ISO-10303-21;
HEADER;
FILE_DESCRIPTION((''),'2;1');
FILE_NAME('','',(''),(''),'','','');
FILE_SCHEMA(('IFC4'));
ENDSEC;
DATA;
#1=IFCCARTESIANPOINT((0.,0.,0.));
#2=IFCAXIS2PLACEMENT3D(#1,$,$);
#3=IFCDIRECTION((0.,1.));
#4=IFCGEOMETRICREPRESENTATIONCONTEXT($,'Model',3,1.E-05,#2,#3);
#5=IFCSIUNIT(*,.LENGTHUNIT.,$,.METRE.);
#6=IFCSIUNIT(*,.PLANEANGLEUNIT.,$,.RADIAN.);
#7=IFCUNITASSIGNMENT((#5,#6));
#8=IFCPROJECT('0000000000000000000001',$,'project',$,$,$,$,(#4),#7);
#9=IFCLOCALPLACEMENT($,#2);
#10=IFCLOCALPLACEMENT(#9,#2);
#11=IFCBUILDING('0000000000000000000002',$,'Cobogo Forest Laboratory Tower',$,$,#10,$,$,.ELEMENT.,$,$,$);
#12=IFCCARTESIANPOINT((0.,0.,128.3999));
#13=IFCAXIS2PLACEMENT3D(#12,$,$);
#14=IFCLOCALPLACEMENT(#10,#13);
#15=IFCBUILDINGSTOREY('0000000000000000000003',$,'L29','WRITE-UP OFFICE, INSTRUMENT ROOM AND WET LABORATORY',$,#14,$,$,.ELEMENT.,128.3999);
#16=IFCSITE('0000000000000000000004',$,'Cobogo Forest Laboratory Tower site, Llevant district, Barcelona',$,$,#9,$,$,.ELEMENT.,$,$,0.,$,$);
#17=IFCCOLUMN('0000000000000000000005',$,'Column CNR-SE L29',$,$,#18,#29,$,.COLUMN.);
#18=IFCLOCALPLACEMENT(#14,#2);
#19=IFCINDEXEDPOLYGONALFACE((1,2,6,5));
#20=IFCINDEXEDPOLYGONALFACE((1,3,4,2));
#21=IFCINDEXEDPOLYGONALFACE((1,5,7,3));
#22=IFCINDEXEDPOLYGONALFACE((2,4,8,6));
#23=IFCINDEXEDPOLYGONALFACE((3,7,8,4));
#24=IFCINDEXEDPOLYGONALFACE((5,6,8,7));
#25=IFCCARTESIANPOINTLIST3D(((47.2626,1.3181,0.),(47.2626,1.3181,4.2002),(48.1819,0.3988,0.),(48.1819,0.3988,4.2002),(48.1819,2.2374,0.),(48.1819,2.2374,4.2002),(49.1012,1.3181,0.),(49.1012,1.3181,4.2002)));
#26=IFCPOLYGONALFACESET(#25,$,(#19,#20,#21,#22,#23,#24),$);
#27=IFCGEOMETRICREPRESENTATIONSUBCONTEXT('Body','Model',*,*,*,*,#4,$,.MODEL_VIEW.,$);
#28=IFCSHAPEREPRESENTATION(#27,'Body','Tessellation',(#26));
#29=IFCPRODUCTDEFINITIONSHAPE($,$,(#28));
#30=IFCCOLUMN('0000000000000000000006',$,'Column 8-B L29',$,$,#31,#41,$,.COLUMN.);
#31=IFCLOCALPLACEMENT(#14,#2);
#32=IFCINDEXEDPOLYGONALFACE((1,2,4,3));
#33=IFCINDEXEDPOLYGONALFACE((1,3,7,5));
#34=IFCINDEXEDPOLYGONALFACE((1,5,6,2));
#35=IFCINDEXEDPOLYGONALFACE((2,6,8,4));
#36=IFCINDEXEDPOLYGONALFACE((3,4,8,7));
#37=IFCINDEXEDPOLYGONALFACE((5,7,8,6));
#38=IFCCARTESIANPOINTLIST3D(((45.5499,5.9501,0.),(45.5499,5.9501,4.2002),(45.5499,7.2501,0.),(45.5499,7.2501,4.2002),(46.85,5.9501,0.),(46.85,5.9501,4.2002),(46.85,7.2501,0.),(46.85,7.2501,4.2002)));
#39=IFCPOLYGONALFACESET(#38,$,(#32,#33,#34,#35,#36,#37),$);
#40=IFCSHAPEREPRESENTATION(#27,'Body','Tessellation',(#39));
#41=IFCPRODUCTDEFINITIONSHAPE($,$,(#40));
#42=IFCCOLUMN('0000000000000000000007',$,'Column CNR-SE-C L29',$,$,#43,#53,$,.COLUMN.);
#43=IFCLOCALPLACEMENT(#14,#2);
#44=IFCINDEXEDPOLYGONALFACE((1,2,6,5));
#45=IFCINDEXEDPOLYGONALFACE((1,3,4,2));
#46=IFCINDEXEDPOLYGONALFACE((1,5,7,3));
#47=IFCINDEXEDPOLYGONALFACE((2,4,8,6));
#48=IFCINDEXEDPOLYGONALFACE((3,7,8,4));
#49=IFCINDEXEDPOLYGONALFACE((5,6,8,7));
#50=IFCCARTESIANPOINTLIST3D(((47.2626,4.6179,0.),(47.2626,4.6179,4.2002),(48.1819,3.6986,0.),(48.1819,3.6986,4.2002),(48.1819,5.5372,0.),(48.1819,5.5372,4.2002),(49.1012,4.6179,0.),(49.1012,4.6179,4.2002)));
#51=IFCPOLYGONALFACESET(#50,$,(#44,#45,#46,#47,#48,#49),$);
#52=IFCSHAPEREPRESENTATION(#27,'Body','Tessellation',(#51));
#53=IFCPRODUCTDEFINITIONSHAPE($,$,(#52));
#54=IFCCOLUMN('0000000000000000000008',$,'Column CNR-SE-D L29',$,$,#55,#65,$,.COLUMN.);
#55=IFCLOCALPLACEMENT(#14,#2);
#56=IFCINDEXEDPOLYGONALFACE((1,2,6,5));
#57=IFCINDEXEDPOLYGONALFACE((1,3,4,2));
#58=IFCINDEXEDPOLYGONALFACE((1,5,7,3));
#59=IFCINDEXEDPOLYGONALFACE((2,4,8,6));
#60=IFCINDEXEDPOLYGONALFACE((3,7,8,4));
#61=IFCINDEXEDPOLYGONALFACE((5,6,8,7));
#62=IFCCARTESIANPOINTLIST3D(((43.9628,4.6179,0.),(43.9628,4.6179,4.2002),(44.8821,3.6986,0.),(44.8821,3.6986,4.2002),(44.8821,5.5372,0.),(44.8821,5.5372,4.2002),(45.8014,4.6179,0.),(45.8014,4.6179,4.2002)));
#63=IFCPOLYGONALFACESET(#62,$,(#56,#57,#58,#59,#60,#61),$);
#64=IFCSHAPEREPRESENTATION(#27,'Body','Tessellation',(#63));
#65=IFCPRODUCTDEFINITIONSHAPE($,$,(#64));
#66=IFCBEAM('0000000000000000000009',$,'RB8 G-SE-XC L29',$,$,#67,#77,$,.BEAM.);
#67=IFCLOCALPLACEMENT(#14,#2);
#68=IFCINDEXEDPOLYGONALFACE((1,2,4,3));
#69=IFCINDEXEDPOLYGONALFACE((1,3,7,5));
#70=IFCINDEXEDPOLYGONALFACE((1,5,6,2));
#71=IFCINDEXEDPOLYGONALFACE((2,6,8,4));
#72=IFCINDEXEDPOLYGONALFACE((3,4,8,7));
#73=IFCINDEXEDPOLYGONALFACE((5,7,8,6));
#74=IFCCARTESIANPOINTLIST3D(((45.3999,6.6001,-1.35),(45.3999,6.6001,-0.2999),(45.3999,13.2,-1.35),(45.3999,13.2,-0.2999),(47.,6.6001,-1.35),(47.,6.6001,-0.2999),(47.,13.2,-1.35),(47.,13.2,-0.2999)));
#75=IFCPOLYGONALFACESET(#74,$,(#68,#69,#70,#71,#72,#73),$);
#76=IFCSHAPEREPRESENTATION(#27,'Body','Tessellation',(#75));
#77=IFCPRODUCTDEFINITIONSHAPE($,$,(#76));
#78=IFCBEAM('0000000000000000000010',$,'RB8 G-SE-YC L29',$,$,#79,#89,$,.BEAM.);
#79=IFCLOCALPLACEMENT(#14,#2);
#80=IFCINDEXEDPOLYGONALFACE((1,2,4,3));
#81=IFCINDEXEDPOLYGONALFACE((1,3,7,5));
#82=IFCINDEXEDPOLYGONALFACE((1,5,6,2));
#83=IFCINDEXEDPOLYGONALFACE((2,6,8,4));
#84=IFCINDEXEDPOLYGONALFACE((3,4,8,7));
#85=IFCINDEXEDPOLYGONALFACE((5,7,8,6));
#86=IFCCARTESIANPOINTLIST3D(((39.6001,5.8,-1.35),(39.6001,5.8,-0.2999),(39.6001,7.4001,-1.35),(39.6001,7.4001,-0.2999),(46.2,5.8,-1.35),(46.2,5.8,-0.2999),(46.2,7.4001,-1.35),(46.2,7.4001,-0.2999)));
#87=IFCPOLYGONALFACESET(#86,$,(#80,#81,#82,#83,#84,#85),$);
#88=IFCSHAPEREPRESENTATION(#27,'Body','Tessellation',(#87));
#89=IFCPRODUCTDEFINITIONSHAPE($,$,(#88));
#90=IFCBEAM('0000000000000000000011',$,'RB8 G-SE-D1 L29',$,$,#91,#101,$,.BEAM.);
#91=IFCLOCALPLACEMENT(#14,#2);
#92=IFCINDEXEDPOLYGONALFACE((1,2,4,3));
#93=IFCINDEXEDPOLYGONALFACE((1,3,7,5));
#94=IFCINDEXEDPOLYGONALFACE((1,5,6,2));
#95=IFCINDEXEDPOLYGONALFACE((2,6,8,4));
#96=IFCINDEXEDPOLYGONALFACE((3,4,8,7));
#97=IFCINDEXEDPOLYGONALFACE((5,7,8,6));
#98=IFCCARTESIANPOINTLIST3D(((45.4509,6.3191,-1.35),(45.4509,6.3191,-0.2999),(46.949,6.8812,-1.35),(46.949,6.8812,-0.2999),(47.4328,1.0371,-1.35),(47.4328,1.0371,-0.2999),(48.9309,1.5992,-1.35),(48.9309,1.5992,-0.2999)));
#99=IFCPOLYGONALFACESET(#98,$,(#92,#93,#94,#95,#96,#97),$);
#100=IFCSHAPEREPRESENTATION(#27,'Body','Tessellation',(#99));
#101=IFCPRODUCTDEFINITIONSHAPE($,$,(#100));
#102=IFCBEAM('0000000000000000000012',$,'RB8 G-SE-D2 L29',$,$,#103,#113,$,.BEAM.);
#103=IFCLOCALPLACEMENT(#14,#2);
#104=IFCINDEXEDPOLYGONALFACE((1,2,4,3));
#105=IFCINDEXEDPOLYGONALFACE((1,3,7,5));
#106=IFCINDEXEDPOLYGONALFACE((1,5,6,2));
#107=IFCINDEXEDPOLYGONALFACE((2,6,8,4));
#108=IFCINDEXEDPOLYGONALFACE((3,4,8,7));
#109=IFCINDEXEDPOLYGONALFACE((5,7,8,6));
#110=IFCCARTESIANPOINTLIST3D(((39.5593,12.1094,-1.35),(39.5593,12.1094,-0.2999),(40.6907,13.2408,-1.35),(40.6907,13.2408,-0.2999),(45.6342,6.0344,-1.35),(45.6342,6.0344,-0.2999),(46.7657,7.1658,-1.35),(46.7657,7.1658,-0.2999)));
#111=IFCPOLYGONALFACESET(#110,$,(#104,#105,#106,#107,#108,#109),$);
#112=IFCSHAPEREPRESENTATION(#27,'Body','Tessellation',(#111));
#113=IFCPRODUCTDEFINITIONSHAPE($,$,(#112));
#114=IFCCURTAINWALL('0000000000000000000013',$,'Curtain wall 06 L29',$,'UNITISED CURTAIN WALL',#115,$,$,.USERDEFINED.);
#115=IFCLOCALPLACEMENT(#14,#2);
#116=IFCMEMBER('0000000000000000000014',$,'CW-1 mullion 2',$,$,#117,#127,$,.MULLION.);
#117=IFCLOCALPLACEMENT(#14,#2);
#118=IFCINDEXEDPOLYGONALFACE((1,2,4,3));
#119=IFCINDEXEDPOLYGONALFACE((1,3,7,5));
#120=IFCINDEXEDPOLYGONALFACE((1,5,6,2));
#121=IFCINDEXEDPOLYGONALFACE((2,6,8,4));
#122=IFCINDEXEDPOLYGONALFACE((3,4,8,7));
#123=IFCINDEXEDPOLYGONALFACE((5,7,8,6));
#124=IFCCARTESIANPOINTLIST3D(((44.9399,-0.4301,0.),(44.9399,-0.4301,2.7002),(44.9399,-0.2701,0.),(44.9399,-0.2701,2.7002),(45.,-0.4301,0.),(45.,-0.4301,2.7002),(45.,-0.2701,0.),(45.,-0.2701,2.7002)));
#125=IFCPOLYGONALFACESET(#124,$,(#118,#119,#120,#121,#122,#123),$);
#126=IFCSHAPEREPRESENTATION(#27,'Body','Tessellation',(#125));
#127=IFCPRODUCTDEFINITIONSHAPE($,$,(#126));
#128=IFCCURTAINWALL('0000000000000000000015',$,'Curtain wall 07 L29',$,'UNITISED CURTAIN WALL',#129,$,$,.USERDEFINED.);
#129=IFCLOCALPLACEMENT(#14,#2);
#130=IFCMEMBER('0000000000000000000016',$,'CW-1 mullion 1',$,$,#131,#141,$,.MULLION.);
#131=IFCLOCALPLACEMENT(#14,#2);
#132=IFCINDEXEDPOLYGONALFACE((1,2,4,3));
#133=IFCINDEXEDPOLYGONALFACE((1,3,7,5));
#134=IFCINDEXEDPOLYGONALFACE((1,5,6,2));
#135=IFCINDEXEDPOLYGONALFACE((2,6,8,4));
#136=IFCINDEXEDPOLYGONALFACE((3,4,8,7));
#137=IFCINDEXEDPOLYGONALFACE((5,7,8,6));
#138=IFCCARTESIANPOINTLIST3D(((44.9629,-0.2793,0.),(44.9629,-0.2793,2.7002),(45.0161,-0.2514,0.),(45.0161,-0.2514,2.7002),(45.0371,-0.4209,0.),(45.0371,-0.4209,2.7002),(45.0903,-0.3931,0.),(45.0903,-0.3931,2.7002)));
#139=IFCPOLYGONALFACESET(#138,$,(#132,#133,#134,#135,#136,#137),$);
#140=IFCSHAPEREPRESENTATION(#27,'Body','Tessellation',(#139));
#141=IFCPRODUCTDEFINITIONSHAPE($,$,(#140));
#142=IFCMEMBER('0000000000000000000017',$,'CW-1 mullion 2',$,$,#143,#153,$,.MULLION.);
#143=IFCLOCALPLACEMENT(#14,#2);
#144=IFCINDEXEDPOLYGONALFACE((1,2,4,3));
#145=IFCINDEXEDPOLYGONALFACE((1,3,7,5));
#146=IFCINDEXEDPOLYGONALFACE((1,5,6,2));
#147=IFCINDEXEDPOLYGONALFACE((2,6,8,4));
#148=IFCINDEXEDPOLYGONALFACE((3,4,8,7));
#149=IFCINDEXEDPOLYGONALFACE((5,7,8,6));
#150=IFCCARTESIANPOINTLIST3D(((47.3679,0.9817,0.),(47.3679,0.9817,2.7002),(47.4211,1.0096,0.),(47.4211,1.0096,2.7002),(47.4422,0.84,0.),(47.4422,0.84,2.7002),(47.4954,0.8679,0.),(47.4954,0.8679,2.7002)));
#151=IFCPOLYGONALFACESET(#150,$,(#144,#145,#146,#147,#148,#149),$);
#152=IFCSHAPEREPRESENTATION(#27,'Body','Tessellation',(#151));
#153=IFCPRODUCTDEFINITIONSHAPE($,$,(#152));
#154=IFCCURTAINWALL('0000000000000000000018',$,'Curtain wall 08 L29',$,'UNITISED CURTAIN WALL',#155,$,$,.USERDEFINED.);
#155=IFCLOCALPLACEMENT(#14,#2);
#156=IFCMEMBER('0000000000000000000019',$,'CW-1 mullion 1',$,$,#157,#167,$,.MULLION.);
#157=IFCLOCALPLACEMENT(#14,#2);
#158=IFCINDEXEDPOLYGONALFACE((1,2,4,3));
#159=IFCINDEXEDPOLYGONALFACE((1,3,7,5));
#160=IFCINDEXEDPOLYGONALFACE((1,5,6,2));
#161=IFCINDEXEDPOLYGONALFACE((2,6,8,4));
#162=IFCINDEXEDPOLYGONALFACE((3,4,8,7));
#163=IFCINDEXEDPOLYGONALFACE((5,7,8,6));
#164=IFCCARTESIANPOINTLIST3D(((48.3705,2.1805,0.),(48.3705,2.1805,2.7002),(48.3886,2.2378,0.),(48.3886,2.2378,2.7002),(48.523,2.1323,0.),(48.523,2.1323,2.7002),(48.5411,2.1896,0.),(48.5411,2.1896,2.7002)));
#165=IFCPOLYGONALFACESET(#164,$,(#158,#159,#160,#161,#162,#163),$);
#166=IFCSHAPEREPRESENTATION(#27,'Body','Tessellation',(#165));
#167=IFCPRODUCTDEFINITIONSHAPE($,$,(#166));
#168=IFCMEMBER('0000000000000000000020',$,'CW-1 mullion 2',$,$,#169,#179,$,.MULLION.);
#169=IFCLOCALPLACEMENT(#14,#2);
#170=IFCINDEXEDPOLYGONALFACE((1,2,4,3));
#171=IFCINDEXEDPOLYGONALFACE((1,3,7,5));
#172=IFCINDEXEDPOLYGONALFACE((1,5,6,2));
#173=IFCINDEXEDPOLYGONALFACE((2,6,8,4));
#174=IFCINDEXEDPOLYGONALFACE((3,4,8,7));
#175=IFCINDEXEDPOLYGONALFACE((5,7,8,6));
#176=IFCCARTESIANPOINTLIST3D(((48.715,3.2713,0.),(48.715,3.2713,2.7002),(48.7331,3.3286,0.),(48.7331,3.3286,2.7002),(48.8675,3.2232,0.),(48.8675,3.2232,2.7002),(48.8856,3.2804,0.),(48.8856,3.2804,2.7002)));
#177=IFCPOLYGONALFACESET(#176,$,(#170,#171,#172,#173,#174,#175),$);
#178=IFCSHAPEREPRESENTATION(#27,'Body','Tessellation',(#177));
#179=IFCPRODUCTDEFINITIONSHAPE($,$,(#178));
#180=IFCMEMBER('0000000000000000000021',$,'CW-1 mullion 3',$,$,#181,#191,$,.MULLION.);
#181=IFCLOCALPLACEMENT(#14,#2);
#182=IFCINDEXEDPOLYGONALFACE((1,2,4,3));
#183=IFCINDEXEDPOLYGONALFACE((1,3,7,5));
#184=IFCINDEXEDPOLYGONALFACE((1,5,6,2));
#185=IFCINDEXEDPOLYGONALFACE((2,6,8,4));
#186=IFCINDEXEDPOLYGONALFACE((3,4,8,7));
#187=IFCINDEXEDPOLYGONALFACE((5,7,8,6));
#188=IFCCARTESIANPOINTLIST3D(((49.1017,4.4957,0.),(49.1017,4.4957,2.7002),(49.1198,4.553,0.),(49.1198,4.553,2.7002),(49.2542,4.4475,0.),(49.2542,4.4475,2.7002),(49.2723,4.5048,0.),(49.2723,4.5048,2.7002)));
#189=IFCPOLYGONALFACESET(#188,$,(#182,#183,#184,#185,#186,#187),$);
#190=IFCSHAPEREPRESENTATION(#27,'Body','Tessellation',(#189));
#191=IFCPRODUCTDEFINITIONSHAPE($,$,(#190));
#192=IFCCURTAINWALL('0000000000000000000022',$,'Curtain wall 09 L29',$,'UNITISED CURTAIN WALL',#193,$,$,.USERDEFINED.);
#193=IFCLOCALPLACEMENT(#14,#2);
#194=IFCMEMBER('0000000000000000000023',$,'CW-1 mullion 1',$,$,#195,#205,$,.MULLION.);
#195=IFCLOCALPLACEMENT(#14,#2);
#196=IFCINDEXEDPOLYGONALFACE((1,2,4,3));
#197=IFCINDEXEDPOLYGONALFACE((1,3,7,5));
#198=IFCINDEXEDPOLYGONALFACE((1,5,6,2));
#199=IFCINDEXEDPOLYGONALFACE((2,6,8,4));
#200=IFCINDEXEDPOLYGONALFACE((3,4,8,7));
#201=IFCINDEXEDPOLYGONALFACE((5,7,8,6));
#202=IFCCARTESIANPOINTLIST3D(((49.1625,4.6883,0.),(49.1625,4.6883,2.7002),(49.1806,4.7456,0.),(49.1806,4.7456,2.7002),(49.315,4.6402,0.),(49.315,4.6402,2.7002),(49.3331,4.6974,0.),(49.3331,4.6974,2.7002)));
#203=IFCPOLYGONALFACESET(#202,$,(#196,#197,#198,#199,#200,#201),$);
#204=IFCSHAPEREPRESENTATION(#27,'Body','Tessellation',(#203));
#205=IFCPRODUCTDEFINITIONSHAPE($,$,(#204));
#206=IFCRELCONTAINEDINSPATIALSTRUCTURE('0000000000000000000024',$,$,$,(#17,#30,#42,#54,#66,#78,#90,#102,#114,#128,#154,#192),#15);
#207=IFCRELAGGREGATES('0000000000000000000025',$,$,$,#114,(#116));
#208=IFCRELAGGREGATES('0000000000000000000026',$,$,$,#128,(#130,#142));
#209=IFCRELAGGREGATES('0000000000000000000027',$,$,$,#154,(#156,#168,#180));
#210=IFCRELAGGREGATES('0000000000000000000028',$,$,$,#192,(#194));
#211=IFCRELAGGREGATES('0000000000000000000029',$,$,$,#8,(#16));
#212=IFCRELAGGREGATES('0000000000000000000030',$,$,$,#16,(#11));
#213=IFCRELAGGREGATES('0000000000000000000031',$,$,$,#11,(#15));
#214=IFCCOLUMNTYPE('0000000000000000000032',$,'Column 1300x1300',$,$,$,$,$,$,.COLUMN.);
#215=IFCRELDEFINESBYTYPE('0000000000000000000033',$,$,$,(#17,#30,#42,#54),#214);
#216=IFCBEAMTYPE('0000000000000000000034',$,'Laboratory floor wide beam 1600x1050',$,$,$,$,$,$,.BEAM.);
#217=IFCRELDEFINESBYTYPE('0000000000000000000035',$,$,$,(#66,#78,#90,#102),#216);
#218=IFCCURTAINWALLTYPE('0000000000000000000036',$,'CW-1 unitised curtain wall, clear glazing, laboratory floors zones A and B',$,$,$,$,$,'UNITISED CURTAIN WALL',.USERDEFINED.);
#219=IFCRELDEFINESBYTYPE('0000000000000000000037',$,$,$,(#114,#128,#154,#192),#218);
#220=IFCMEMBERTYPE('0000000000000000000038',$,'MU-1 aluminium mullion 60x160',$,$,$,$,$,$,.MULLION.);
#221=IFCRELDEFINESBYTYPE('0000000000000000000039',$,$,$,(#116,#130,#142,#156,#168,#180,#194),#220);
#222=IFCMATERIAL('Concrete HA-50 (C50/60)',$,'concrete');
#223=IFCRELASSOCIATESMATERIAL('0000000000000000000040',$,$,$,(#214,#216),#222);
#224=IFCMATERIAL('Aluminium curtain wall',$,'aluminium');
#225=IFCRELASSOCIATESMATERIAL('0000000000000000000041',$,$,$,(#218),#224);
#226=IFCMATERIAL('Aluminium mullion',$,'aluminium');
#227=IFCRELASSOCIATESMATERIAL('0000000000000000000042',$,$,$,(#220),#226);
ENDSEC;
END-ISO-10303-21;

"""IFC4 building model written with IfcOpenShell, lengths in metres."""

from ifc_helpers import new_model, si_unit, direction, frame, origin, origin_2d, place, context, subcontext, project, spatial, rectangle, extrude, material, material_profile, profile_set, type_object, element, aggregate, save


model = new_model("IFC4")

# Units and contexts
model_context = context("Model", 3, precision=1e-05, world=origin(), true_north=direction((0.0, 1.0)))
body_context = subcontext(model_context, "Body", "Model", "MODEL_VIEW")
ifc_project = project(units=[si_unit("LENGTHUNIT", "METRE"), si_unit("PLANEANGLEUNIT", "RADIAN")], contexts=[model_context])

# Site, building, storey
site_placement = place(None, origin())
site = spatial("IfcSite", under=ifc_project, at=site_placement, Name="Cobogo Forest Laboratory Tower site, Llevant district, Barcelona", CompositionType="ELEMENT", RefElevation=0.0)
building_placement = place(site_placement, origin())
building = spatial("IfcBuilding", under=site, at=building_placement, Name="Cobogo Forest Laboratory Tower", CompositionType="ELEMENT")
storey_placement = place(building_placement, frame((0.0, 0.0, 128.3999)))
storey = spatial("IfcBuildingStorey", under=building, at=storey_placement, Name="L29", Description="WRITE-UP OFFICE, INSTRUMENT ROOM AND WET LABORATORY", CompositionType="ELEMENT", Elevation=128.3999)

# Columns
ifc_material_1 = material(Name="Concrete HA-50 (C50/60)", Category="concrete")
ifc_material_profile_1 = material_profile(ifc_material_1, rectangle(XDim=1.3, YDim=1.3, at=origin_2d()), Name="RC 1300x1300")
ifc_profile_set_1 = profile_set([ifc_material_profile_1], Name="Concrete HA-50 (C50/60)")
column_type = type_object("IfcColumnType", Name="Column 1300x1300", PredefinedType="COLUMN", material=ifc_profile_set_1)
for number, where, z_axis, x_axis, name in (
    (1, (48.1819, 1.3181, 0.0), (0.0, 0.0, 1.0), (0.707107, 0.707107, 0.0), "Column CNR-SE L29"),
    (2, (46.2, 6.6001, 0.0), (0.0, 0.0, 1.0), (1.0, 0.0, 0.0), "Column 8-B L29"),
    (3, (48.1819, 4.6179, 0.0), (0.0, 0.0, 1.0), (0.707107, 0.707107, 0.0), "Column CNR-SE-C L29"),
    (4, (44.8821, 4.6179, 0.0), (0.0, 0.0, 1.0), (0.707107, 0.707107, 0.0), "Column CNR-SE-D L29"),
):
    element("IfcColumn", number, at=place(storey_placement, frame(where, z_axis=z_axis, x_axis=x_axis)), inside=storey, type_object=column_type, Name=name, PredefinedType="COLUMN", context=body_context, shape_type="SweptSolid", body=[
        extrude(rectangle(XDim=1.3, YDim=1.3, at=origin_2d()), origin(), (0.0, 0.0, 1.0), 4.2002),
    ])

# Beams
ifc_material_profile_2 = material_profile(ifc_material_1, rectangle(XDim=1.6001, YDim=1.05, at=origin_2d()), Name="RC 1600x1050")
ifc_profile_set_2 = profile_set([ifc_material_profile_2], Name="Concrete HA-50 (C50/60)")
beam_type_1 = type_object("IfcBeamType", Name="Laboratory floor wide beam 1600x1050", PredefinedType="BEAM", material=ifc_profile_set_2)
for number, where, z_axis, x_axis, name in (
    (5, (46.2, 6.6001, -0.825), (0.0, 1.0, 0.0), (-1.0, 0.0, 0.0), "RB8 G-SE-XC L29"),
    (6, (46.2, 6.6001, -0.825), (-1.0, 0.0, 0.0), (0.0, -1.0, 0.0), "RB8 G-SE-YC L29"),
):
    element("IfcBeam", number, at=place(storey_placement, frame(where, z_axis=z_axis, x_axis=x_axis)), inside=storey, type_object=beam_type_1, Name=name, PredefinedType="BEAM", context=body_context, shape_type="SweptSolid", body=[
        extrude(rectangle(XDim=1.6001, YDim=1.05, at=origin_2d()), origin(), (0.0, 0.0, 1.0), 6.5999),
    ])
beam_1_placement = place(storey_placement, frame((48.1819, 1.3181, -0.825), z_axis=(-0.351308, 0.93626, 0.0), x_axis=(-0.93626, -0.351308, 0.0)))
element("IfcBeam", 7, at=beam_1_placement, inside=storey, type_object=beam_type_1, Name="RB8 G-SE-D1 L29", PredefinedType="BEAM", context=body_context, shape_type="SweptSolid", body=[
    extrude(rectangle(XDim=1.6001, YDim=1.05, at=origin_2d()), origin(), (0.0, 0.0, 1.0), 5.6416),
])
beam_2_placement = place(storey_placement, frame((46.2, 6.6001, -0.825), z_axis=(-0.707107, 0.707107, 0.0), x_axis=(-0.707107, -0.707107, 0.0)))
element("IfcBeam", 8, at=beam_2_placement, inside=storey, type_object=beam_type_1, Name="RB8 G-SE-D2 L29", PredefinedType="BEAM", context=body_context, shape_type="SweptSolid", body=[
    extrude(rectangle(XDim=1.6001, YDim=1.05, at=origin_2d()), origin(), (0.0, 0.0, 1.0), 8.5913),
])

# Curtain wall, member
ifc_material_2 = material(Name="Aluminium curtain wall", Category="aluminium")
curtain_wall_type = type_object("IfcCurtainWallType", Name="CW-1 unitised curtain wall, clear glazing, laboratory floors zones A and B", ElementType="UNITISED CURTAIN WALL", PredefinedType="USERDEFINED", material=ifc_material_2)
curtain_wall_1_placement = place(storey_placement, origin())
curtain_wall_1 = element("IfcCurtainWall", 9, at=curtain_wall_1_placement, inside=storey, type_object=curtain_wall_type, Name="Curtain wall 06 L29", ObjectType="UNITISED CURTAIN WALL", PredefinedType="USERDEFINED")
ifc_material_3 = material(Name="Aluminium mullion", Category="aluminium")
ifc_material_profile_3 = material_profile(ifc_material_3, rectangle(XDim=0.0601, YDim=0.1599, at=origin_2d()), Name="AL 60x160")
ifc_profile_set_3 = profile_set([ifc_material_profile_3], Name="Aluminium mullion")
member_type_1 = type_object("IfcMemberType", Name="MU-1 aluminium mullion 60x160", PredefinedType="MULLION", material=ifc_profile_set_3)
member_1_placement = place(storey_placement, frame((44.97, -0.3501, 0.0), z_axis=(0.0, 0.0, 1.0), x_axis=(1.0, 0.0, 0.0)))
member_1 = element("IfcMember", 10, at=member_1_placement, type_object=member_type_1, Name="CW-1 mullion 2", PredefinedType="MULLION", context=body_context, shape_type="SweptSolid", body=[
    extrude(rectangle(XDim=0.0601, YDim=0.1599, at=origin_2d()), origin(), (0.0, 0.0, 1.0), 2.7002),
])

# Curtain walls, members
curtain_wall_2_placement = place(storey_placement, origin())
curtain_wall_2 = element("IfcCurtainWall", 11, at=curtain_wall_2_placement, inside=storey, type_object=curtain_wall_type, Name="Curtain wall 07 L29", ObjectType="UNITISED CURTAIN WALL", PredefinedType="USERDEFINED")
member_2_placement = place(storey_placement, frame((45.0266, -0.3362, 0.0), z_axis=(0.0, 0.0, 1.0), x_axis=(0.885687, 0.464284, 0.0)))
member_2 = element("IfcMember", 12, at=member_2_placement, type_object=member_type_1, Name="CW-1 mullion 1", PredefinedType="MULLION", context=body_context, shape_type="SweptSolid", body=[
    extrude(rectangle(XDim=0.0601, YDim=0.1599, at=origin_2d()), origin(), (0.0, 0.0, 1.0), 2.7002),
])
member_3_placement = place(storey_placement, frame((47.4316, 0.9248, 0.0), z_axis=(0.0, 0.0, 1.0), x_axis=(0.885687, 0.464284, 0.0)))
member_3 = element("IfcMember", 13, at=member_3_placement, type_object=member_type_1, Name="CW-1 mullion 2", PredefinedType="MULLION", context=body_context, shape_type="SweptSolid", body=[
    extrude(rectangle(XDim=0.0601, YDim=0.1599, at=origin_2d()), origin(), (0.0, 0.0, 1.0), 2.7002),
])
curtain_wall_3_placement = place(storey_placement, origin())
curtain_wall_3 = element("IfcCurtainWall", 14, at=curtain_wall_3_placement, inside=storey, type_object=curtain_wall_type, Name="Curtain wall 08 L29", ObjectType="UNITISED CURTAIN WALL", PredefinedType="USERDEFINED")
member_4_placement = place(storey_placement, frame((48.4558, 2.1851, 0.0), z_axis=(0.0, 0.0, 1.0), x_axis=(0.301135, 0.953581, 0.0)))
member_4 = element("IfcMember", 15, at=member_4_placement, type_object=member_type_1, Name="CW-1 mullion 1", PredefinedType="MULLION", context=body_context, shape_type="SweptSolid", body=[
    extrude(rectangle(XDim=0.0601, YDim=0.1599, at=origin_2d()), origin(), (0.0, 0.0, 1.0), 2.7002),
])
member_5_placement = place(storey_placement, frame((48.8003, 3.2759, 0.0), z_axis=(0.0, 0.0, 1.0), x_axis=(0.301135, 0.953581, 0.0)))
member_5 = element("IfcMember", 16, at=member_5_placement, type_object=member_type_1, Name="CW-1 mullion 2", PredefinedType="MULLION", context=body_context, shape_type="SweptSolid", body=[
    extrude(rectangle(XDim=0.0601, YDim=0.1599, at=origin_2d()), origin(), (0.0, 0.0, 1.0), 2.7002),
])
member_6_placement = place(storey_placement, frame((49.187, 4.5002, 0.0), z_axis=(0.0, 0.0, 1.0), x_axis=(0.301135, 0.953581, 0.0)))
member_6 = element("IfcMember", 17, at=member_6_placement, type_object=member_type_1, Name="CW-1 mullion 3", PredefinedType="MULLION", context=body_context, shape_type="SweptSolid", body=[
    extrude(rectangle(XDim=0.0601, YDim=0.1599, at=origin_2d()), origin(), (0.0, 0.0, 1.0), 2.7002),
])
curtain_wall_4_placement = place(storey_placement, origin())
curtain_wall_4 = element("IfcCurtainWall", 18, at=curtain_wall_4_placement, inside=storey, type_object=curtain_wall_type, Name="Curtain wall 09 L29", ObjectType="UNITISED CURTAIN WALL", PredefinedType="USERDEFINED")
member_7_placement = place(storey_placement, frame((49.2478, 4.6929, 0.0), z_axis=(0.0, 0.0, 1.0), x_axis=(0.301135, 0.953581, 0.0)))
member_7 = element("IfcMember", 19, at=member_7_placement, type_object=member_type_1, Name="CW-1 mullion 1", PredefinedType="MULLION", context=body_context, shape_type="SweptSolid", body=[
    extrude(rectangle(XDim=0.0601, YDim=0.1599, at=origin_2d()), origin(), (0.0, 0.0, 1.0), 2.7002),
])

aggregate(curtain_wall_1, [member_1])
aggregate(curtain_wall_2, [member_2, member_3])
aggregate(curtain_wall_3, [member_4, member_5, member_6])
aggregate(curtain_wall_4, [member_7])

save(model, "model.ifc")
